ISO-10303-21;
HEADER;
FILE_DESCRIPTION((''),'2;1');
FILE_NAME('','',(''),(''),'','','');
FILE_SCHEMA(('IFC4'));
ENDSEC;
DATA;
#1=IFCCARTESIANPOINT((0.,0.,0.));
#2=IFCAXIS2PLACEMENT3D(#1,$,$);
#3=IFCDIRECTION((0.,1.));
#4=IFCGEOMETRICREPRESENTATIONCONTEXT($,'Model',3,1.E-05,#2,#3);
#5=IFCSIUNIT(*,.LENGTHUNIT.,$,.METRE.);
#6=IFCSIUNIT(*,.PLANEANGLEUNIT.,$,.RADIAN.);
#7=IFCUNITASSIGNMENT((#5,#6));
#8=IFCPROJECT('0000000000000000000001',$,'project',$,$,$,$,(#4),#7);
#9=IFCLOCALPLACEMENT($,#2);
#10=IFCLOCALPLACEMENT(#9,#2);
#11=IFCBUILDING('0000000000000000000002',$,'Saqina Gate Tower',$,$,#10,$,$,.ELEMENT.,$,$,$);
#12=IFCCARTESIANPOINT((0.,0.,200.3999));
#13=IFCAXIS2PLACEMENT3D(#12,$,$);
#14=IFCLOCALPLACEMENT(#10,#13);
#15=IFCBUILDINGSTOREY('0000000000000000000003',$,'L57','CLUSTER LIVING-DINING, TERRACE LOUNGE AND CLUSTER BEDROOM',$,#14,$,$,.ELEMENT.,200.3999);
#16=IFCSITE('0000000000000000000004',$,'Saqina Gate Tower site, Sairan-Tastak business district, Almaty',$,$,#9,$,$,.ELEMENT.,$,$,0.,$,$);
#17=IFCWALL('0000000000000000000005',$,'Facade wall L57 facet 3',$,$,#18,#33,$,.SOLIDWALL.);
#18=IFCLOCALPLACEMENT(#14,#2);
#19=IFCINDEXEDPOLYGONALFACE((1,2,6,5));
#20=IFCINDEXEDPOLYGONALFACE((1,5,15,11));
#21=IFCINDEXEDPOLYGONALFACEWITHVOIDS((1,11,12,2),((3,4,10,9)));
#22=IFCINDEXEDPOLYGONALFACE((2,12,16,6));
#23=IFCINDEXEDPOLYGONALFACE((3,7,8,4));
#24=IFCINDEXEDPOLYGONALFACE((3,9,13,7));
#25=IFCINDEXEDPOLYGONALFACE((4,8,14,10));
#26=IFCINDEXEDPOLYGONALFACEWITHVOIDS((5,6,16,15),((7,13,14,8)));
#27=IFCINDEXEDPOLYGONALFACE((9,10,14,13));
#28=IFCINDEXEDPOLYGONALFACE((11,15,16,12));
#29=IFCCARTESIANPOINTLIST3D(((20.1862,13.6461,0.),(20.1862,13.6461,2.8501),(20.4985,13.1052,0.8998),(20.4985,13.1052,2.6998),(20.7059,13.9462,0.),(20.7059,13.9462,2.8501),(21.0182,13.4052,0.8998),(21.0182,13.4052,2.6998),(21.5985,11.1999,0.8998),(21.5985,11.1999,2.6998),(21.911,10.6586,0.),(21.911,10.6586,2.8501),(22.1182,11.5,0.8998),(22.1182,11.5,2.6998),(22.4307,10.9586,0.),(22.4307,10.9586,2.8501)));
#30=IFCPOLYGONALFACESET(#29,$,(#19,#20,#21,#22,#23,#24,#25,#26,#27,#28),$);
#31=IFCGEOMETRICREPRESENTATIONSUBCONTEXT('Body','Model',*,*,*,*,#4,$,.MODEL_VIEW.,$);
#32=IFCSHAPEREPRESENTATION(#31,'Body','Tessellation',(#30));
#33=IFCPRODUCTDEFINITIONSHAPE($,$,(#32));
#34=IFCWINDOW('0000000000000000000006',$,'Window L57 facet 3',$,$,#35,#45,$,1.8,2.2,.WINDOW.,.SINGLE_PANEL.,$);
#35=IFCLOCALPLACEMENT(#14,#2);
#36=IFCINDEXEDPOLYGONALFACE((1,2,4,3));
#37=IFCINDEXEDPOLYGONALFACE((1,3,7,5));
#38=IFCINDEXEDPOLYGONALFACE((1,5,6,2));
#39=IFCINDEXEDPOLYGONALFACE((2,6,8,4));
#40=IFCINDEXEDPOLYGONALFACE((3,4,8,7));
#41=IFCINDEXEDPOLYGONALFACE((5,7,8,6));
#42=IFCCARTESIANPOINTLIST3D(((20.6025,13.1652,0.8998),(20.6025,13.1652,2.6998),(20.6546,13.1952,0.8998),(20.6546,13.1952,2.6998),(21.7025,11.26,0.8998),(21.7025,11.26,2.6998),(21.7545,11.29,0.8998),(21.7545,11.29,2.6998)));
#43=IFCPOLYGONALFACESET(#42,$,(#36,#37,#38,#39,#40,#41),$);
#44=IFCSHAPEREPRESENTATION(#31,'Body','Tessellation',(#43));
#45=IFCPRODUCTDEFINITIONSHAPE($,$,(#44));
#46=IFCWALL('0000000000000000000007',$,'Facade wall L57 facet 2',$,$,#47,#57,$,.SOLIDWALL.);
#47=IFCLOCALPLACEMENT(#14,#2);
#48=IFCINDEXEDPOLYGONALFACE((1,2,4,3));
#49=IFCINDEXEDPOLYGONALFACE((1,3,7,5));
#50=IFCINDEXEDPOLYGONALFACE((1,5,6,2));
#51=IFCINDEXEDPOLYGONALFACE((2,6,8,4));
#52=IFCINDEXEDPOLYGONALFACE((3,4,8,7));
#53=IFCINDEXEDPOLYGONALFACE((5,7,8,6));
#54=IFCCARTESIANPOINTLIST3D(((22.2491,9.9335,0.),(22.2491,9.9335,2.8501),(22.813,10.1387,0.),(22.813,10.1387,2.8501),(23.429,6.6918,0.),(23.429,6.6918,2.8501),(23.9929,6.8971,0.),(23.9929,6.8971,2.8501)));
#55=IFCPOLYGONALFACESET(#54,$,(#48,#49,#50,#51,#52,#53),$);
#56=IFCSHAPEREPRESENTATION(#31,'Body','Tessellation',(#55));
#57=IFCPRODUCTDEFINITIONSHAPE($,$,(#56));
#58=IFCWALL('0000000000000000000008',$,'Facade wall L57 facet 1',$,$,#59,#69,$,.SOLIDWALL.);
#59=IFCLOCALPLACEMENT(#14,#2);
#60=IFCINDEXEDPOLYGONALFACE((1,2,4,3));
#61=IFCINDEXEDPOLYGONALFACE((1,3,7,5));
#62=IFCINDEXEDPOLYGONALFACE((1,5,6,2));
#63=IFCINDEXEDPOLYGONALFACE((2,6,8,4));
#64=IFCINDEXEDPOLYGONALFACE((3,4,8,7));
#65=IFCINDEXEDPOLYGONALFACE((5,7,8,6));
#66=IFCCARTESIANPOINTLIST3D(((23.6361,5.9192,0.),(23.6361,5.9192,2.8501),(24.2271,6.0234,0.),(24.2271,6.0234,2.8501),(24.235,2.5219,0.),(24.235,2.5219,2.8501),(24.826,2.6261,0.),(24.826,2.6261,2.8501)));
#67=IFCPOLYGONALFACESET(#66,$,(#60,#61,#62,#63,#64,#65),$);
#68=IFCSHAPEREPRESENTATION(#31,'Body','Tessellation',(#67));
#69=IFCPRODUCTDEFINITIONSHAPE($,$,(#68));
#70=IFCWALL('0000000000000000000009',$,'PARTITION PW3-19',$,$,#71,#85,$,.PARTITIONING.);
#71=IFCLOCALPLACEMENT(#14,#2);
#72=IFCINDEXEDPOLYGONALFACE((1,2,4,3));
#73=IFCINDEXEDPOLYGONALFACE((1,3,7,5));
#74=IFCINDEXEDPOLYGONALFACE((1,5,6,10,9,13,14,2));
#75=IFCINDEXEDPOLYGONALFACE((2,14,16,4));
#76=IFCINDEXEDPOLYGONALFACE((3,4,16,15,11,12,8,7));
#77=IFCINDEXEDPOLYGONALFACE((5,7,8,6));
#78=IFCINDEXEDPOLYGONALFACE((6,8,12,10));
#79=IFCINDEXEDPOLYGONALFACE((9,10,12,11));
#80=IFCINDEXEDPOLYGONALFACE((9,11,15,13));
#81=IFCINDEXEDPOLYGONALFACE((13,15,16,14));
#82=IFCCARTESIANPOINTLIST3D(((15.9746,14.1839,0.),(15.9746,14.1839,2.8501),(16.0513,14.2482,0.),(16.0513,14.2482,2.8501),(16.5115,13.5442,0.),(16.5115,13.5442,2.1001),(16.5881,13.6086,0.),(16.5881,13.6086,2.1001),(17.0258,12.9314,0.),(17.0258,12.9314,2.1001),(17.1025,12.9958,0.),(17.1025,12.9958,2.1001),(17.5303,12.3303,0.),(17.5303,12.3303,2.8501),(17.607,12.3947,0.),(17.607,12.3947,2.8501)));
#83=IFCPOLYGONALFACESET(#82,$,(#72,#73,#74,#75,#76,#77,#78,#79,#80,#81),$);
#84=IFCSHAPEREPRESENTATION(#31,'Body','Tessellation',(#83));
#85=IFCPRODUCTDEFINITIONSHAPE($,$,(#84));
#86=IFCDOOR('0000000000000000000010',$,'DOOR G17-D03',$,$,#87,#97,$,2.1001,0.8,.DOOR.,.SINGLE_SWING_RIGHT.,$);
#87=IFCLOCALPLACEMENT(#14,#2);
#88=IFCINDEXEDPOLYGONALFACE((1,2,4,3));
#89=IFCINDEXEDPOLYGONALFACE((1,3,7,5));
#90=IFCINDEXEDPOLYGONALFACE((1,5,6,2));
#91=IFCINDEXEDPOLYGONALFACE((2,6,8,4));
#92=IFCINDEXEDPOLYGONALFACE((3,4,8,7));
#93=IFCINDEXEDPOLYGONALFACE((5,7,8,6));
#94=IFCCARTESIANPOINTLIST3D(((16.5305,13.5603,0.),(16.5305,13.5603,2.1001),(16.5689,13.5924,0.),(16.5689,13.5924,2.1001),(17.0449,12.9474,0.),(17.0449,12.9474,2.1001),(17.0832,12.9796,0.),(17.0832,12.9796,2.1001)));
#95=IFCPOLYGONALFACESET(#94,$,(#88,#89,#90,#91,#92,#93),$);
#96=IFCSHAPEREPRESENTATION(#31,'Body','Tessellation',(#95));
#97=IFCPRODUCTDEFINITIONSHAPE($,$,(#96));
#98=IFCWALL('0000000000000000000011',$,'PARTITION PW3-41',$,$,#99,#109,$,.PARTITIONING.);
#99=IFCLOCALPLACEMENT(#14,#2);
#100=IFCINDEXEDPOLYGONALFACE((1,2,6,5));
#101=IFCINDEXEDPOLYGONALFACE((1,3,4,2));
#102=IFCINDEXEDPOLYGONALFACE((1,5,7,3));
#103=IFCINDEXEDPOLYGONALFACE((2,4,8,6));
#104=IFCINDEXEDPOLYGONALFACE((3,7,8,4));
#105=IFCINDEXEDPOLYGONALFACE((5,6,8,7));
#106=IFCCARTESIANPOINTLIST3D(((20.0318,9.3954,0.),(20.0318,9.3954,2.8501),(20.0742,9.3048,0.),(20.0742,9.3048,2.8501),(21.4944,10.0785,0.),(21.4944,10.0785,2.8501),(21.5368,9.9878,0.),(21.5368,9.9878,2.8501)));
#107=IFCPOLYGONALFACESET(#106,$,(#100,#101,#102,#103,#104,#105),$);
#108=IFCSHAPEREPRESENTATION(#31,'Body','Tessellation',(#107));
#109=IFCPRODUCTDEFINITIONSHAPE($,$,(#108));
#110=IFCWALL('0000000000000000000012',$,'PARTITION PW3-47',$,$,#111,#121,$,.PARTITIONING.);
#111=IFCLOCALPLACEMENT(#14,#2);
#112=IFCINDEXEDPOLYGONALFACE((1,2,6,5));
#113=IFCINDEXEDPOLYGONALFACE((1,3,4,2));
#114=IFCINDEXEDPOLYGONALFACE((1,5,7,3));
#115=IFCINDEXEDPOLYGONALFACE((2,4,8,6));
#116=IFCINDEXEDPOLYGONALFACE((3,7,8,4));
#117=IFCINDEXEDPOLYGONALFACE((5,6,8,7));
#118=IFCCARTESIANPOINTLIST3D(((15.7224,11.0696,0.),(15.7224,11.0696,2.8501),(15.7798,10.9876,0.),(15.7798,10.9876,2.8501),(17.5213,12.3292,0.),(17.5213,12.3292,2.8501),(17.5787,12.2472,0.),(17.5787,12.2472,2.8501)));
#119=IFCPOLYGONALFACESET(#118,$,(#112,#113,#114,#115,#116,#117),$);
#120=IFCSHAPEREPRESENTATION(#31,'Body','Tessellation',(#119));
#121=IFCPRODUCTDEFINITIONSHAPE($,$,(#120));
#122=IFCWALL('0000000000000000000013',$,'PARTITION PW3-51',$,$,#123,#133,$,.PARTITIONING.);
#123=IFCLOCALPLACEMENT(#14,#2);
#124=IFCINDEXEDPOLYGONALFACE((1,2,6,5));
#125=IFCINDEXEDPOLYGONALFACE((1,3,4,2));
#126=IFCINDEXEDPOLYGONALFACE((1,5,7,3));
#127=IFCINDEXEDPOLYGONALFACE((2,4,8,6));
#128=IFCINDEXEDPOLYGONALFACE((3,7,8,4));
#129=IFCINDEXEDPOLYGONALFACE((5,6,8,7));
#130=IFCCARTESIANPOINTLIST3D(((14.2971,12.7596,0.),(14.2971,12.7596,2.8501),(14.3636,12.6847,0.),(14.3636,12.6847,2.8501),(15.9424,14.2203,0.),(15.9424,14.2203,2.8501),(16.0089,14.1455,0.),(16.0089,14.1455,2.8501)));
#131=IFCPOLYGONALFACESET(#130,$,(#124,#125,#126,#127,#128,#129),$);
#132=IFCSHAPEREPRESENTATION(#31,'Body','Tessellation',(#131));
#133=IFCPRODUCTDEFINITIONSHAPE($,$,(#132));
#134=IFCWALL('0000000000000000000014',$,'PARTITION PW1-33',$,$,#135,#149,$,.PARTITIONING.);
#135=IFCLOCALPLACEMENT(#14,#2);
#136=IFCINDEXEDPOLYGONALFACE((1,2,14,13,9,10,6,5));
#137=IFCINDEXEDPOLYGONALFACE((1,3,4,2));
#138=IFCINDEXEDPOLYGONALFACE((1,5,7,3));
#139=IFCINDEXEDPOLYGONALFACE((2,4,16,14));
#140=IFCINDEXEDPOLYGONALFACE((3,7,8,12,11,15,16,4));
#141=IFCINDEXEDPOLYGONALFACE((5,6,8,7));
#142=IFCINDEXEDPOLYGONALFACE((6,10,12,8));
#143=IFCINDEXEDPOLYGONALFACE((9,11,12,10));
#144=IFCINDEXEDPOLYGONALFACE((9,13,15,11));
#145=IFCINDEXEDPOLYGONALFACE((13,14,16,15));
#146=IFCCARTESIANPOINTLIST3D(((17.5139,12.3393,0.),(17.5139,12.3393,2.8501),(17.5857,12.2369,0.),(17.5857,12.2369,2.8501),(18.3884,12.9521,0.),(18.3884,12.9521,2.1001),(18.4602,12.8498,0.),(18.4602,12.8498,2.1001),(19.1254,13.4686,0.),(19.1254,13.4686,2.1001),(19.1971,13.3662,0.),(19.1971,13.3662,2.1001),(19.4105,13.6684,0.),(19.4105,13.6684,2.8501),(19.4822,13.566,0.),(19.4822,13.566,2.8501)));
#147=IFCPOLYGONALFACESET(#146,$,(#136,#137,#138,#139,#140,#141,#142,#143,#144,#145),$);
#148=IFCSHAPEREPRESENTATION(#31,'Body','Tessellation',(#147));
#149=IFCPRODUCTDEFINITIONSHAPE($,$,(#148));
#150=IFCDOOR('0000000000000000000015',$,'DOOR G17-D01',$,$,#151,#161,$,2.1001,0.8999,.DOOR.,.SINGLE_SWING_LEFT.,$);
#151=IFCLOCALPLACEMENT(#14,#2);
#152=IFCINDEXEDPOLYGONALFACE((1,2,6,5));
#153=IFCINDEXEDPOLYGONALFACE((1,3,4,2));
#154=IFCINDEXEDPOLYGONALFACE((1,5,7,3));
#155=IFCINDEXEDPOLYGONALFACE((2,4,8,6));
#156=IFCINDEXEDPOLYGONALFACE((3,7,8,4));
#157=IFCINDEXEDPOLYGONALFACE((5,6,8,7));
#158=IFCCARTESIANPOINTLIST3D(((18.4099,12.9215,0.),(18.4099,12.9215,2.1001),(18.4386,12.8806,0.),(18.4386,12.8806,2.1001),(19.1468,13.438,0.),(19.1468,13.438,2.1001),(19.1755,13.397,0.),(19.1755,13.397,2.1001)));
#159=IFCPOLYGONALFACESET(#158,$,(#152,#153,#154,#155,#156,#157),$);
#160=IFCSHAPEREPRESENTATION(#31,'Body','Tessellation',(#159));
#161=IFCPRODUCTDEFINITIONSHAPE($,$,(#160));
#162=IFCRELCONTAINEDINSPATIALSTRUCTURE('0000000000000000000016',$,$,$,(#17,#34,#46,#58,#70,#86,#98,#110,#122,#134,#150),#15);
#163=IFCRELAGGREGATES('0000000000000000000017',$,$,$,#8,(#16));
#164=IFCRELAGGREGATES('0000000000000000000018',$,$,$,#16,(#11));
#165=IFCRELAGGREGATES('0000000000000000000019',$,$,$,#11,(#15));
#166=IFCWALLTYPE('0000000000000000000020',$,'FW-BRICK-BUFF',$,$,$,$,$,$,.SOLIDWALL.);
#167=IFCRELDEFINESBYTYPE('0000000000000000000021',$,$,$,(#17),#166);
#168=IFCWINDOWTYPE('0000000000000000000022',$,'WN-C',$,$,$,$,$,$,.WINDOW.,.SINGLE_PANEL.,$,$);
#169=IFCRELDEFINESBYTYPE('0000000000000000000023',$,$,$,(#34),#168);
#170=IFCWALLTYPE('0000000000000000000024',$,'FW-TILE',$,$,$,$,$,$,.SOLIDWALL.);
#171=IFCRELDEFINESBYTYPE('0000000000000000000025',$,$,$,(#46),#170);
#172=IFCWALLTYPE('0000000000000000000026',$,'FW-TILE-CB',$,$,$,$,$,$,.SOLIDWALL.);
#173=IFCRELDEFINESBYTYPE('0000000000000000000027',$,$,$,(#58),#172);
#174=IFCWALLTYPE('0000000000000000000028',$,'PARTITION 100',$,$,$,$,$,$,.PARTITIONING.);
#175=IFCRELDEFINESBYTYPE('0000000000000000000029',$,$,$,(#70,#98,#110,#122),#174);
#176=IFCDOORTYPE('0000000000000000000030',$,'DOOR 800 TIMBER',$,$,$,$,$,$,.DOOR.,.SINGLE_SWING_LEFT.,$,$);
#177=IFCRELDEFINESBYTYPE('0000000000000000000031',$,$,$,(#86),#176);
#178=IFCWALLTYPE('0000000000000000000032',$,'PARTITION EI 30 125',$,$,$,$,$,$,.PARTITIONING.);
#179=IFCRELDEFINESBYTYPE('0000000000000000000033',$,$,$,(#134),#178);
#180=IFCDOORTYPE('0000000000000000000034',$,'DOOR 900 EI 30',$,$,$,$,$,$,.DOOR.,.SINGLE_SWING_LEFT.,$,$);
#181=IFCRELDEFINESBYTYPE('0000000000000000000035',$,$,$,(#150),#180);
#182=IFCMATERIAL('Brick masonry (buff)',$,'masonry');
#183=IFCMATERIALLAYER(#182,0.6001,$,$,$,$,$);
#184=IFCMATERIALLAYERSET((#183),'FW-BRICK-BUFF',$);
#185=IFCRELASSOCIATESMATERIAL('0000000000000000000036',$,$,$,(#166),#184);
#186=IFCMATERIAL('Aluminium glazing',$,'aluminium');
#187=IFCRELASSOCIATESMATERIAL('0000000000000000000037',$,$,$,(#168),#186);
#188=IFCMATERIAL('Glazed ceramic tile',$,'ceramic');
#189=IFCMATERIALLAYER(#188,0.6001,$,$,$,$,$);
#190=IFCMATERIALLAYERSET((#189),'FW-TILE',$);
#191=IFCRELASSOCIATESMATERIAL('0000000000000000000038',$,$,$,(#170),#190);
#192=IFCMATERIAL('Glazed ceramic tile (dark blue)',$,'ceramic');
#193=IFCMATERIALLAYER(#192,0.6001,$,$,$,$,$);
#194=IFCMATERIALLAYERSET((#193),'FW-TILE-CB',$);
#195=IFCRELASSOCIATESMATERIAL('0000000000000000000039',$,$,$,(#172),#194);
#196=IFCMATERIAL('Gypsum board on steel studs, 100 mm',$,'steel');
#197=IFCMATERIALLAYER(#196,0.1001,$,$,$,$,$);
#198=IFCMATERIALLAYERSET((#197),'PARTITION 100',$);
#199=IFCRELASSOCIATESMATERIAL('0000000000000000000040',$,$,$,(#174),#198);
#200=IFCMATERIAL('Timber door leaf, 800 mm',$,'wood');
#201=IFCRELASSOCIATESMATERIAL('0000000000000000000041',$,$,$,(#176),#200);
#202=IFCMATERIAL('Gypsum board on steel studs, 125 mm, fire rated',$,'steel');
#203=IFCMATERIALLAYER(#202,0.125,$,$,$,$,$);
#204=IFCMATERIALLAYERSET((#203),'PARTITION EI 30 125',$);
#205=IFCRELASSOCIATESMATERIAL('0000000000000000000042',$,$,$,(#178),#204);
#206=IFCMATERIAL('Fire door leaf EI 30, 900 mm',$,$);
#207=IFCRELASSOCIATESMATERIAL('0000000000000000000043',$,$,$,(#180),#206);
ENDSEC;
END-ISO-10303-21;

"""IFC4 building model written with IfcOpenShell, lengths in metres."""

from ifc_helpers import new_model, si_unit, direction, frame, frame_2d, origin, place, context, subcontext, project, spatial, rectangle, extrude, material, layer, layer_set, type_object, element, fill, save


model = new_model("IFC4")

# Units and contexts
model_context = context("Model", 3, precision=1e-05, world=origin(), true_north=direction((0.0, 1.0)))
body_context = subcontext(model_context, "Body", "Model", "MODEL_VIEW")
ifc_project = project(units=[si_unit("LENGTHUNIT", "METRE"), si_unit("PLANEANGLEUNIT", "RADIAN")], contexts=[model_context])

# Site, building, storey
site_placement = place(None, origin())
site = spatial("IfcSite", under=ifc_project, at=site_placement, Name="Saqina Gate Tower site, Sairan-Tastak business district, Almaty", CompositionType="ELEMENT", RefElevation=0.0)
building_placement = place(site_placement, origin())
building = spatial("IfcBuilding", under=site, at=building_placement, Name="Saqina Gate Tower", CompositionType="ELEMENT")
storey_placement = place(building_placement, frame((0.0, 0.0, 200.3999)))
storey = spatial("IfcBuildingStorey", under=building, at=storey_placement, Name="L57", Description="CLUSTER LIVING-DINING, TERRACE LOUNGE AND CLUSTER BEDROOM", CompositionType="ELEMENT", Elevation=200.3999)

# Wall, opening, window
ifc_material_1 = material(Name="Brick masonry (buff)", Category="masonry")
ifc_layer_1 = layer(ifc_material_1, 0.6001)
ifc_layer_set_1 = layer_set([ifc_layer_1], Name="FW-BRICK-BUFF")
wall_type_1 = type_object("IfcWallType", Name="FW-BRICK-BUFF", PredefinedType="SOLIDWALL", material=ifc_layer_set_1)
wall_1_placement = place(storey_placement, frame((22.1709, 10.8086, 0.0), z_axis=(0.0, 0.0, 1.0), x_axis=(-0.499998, 0.866026, 0.0)))
wall_1 = element("IfcWall", 1, at=wall_1_placement, inside=storey, type_object=wall_type_1, Name="Facade wall L57 facet 3", PredefinedType="SOLIDWALL", context=body_context, shape_type="SweptSolid", body=[
    extrude(rectangle(XDim=3.4497, YDim=0.6001, at=frame_2d((1.7249, 0.0))), origin(), (0.0, 0.0, 1.0), 2.8501),
])
opening_1_placement = place(wall_1_placement, frame((0.625, 0.0, 0.8999)))
opening_1 = element("IfcOpeningElement", 2, at=opening_1_placement, cuts=wall_1, PredefinedType="OPENING", context=body_context, shape_type="SweptSolid", body=[
    extrude(rectangle(XDim=2.2, YDim=1.8, at=frame_2d((1.1001, 0.8999))), frame((0.0, 0.312, 0.0), z_axis=(0.0, -1.0, 0.0), x_axis=(1.0, 0.0, 0.0)), (0.0, 0.0, 1.0), 0.624),
])
ifc_material_2 = material(Name="Aluminium glazing", Category="aluminium")
window_type = type_object("IfcWindowType", Name="WN-C", PartitioningType="SINGLE_PANEL", PredefinedType="WINDOW", material=ifc_material_2)
window_placement = place(opening_1_placement, origin())
window = element("IfcWindow", 3, at=window_placement, inside=storey, type_object=window_type, Name="Window L57 facet 3", OverallHeight=1.8, OverallWidth=2.2, PartitioningType="SINGLE_PANEL", PredefinedType="WINDOW", context=body_context, shape_type="SweptSolid", body=[
    extrude(rectangle(XDim=2.2, YDim=1.8, at=frame_2d((1.1001, 0.8999))), frame((0.0, 0.1799, 0.0), z_axis=(0.0, -1.0, 0.0), x_axis=(1.0, 0.0, 0.0)), (0.0, 0.0, 1.0), 0.0601),
])
fill(opening_1, window)

# Walls
ifc_material_3 = material(Name="Glazed ceramic tile", Category="ceramic")
ifc_layer_2 = layer(ifc_material_3, 0.6001)
ifc_layer_set_2 = layer_set([ifc_layer_2], Name="FW-TILE")
wall_type_2 = type_object("IfcWallType", Name="FW-TILE", PredefinedType="SOLIDWALL", material=ifc_layer_set_2)
wall_2_placement = place(storey_placement, frame((23.7109, 6.7944, 0.0), z_axis=(0.0, 0.0, 1.0), x_axis=(-0.342033, 0.939688, 0.0)))
element("IfcWall", 4, at=wall_2_placement, inside=storey, type_object=wall_type_2, Name="Facade wall L57 facet 2", PredefinedType="SOLIDWALL", context=body_context, shape_type="SweptSolid", body=[
    extrude(rectangle(XDim=3.4497, YDim=0.6001, at=frame_2d((1.7249, 0.0))), origin(), (0.0, 0.0, 1.0), 2.8501),
])
ifc_material_4 = material(Name="Glazed ceramic tile (dark blue)", Category="ceramic")
ifc_layer_3 = layer(ifc_material_4, 0.6001)
ifc_layer_set_3 = layer_set([ifc_layer_3], Name="FW-TILE-CB")
wall_type_3 = type_object("IfcWallType", Name="FW-TILE-CB", PredefinedType="SOLIDWALL", material=ifc_layer_set_3)
wall_3_placement = place(storey_placement, frame((24.5305, 2.574, 0.0), z_axis=(0.0, 0.0, 1.0), x_axis=(-0.173608, 0.984815, 0.0)))
element("IfcWall", 5, at=wall_3_placement, inside=storey, type_object=wall_type_3, Name="Facade wall L57 facet 1", PredefinedType="SOLIDWALL", context=body_context, shape_type="SweptSolid", body=[
    extrude(rectangle(XDim=3.4497, YDim=0.6001, at=frame_2d((1.7249, 0.0))), origin(), (0.0, 0.0, 1.0), 2.8501),
])

# Wall, opening, door
ifc_material_5 = material(Name="Gypsum board on steel studs, 100 mm", Category="steel")
ifc_layer_4 = layer(ifc_material_5, 0.1001)
ifc_layer_set_4 = layer_set([ifc_layer_4], Name="PARTITION 100")
wall_type_4 = type_object("IfcWallType", Name="PARTITION 100", PredefinedType="PARTITIONING", material=ifc_layer_set_4)
wall_4_placement = place(storey_placement, frame((16.0129, 14.2161, 0.0), z_axis=(0.0, 0.0, 1.0), x_axis=(0.64288, -0.765967, 0.0)))
wall_4 = element("IfcWall", 6, at=wall_4_placement, inside=storey, type_object=wall_type_4, Name="PARTITION PW3-19", PredefinedType="PARTITIONING", context=body_context, shape_type="SweptSolid", body=[
    extrude(rectangle(XDim=2.4199, YDim=0.1001, at=frame_2d((1.21, 0.0))), origin(), (0.0, 0.0, 1.0), 2.8501),
])
opening_2_placement = place(wall_4_placement, frame((0.8352, 0.0, 0.0)))
opening_2 = element("IfcOpeningElement", 7, at=opening_2_placement, cuts=wall_4, PredefinedType="OPENING", context=body_context, shape_type="SweptSolid", body=[
    extrude(rectangle(XDim=0.8, YDim=2.1001, at=frame_2d((0.3999, 1.05))), frame((0.0, 0.062, 0.0), z_axis=(0.0, -1.0, 0.0), x_axis=(1.0, 0.0, 0.0)), (0.0, 0.0, 1.0), 0.124),
])
ifc_material_6 = material(Name="Timber door leaf, 800 mm", Category="wood")
door_type_1 = type_object("IfcDoorType", Name="DOOR 800 TIMBER", OperationType="SINGLE_SWING_LEFT", PredefinedType="DOOR", material=ifc_material_6)
door_1_placement = place(opening_2_placement, origin())
door_1 = element("IfcDoor", 8, at=door_1_placement, inside=storey, type_object=door_type_1, Name="DOOR G17-D03", OperationType="SINGLE_SWING_RIGHT", OverallHeight=2.1001, OverallWidth=0.8, PredefinedType="DOOR", context=body_context, shape_type="SweptSolid", body=[
    extrude(rectangle(XDim=0.8, YDim=2.1001, at=frame_2d((0.3999, 1.05))), frame((0.0, 0.0249, 0.0), z_axis=(0.0, -1.0, 0.0), x_axis=(1.0, 0.0, 0.0)), (0.0, 0.0, 1.0), 0.05),
])
fill(opening_2, door_1)

# Walls
wall_5_placement = place(storey_placement, frame((20.053, 9.3501, 0.0), z_axis=(0.0, 0.0, 1.0), x_axis=(0.906056, 0.423159, 0.0)))
element("IfcWall", 9, at=wall_5_placement, inside=storey, type_object=wall_type_4, Name="PARTITION PW3-41", PredefinedType="PARTITIONING", context=body_context, shape_type="SweptSolid", body=[
    extrude(rectangle(XDim=1.6143, YDim=0.1001, at=frame_2d((0.8071, 0.0))), origin(), (0.0, 0.0, 1.0), 2.8501),
])
wall_6_placement = place(storey_placement, frame((15.751, 11.0286, 0.0), z_axis=(0.0, 0.0, 1.0), x_axis=(0.819159, 0.573567, 0.0)))
element("IfcWall", 10, at=wall_6_placement, inside=storey, type_object=wall_type_4, Name="PARTITION PW3-47", PredefinedType="PARTITIONING", context=body_context, shape_type="SweptSolid", body=[
    extrude(rectangle(XDim=2.196, YDim=0.1001, at=frame_2d((1.0981, 0.0))), origin(), (0.0, 0.0, 1.0), 2.8501),
])
wall_7_placement = place(storey_placement, frame((14.3303, 12.7222, 0.0), z_axis=(0.0, 0.0, 1.0), x_axis=(0.747807, 0.663916, 0.0)))
element("IfcWall", 11, at=wall_7_placement, inside=storey, type_object=wall_type_4, Name="PARTITION PW3-51", PredefinedType="PARTITIONING", context=body_context, shape_type="SweptSolid", body=[
    extrude(rectangle(XDim=2.2002, YDim=0.1001, at=frame_2d((1.1001, 0.0))), origin(), (0.0, 0.0, 1.0), 2.8501),
])

# Wall, opening, door
ifc_material_7 = material(Name="Gypsum board on steel studs, 125 mm, fire rated", Category="steel")
ifc_layer_5 = layer(ifc_material_7, 0.125)
ifc_layer_set_5 = layer_set([ifc_layer_5], Name="PARTITION EI 30 125")
wall_type_5 = type_object("IfcWallType", Name="PARTITION EI 30 125", PredefinedType="PARTITIONING", material=ifc_layer_set_5)
wall_8_placement = place(storey_placement, frame((17.5498, 12.2881, 0.0), z_axis=(0.0, 0.0, 1.0), x_axis=(0.818915, 0.573915, 0.0)))
wall_8 = element("IfcWall", 12, at=wall_8_placement, inside=storey, type_object=wall_type_5, Name="PARTITION PW1-33", PredefinedType="PARTITIONING", context=body_context, shape_type="SweptSolid", body=[
    extrude(rectangle(XDim=2.3159, YDim=0.125, at=frame_2d((1.158, 0.0))), origin(), (0.0, 0.0, 1.0), 2.8501),
])
opening_3_placement = place(wall_8_placement, frame((1.0679, 0.0, 0.0)))
opening_3 = element("IfcOpeningElement", 13, at=opening_3_placement, cuts=wall_8, PredefinedType="OPENING", context=body_context, shape_type="SweptSolid", body=[
    extrude(rectangle(XDim=0.8999, YDim=2.1001, at=frame_2d((0.45, 1.05))), frame((0.0, 0.0745, 0.0), z_axis=(0.0, -1.0, 0.0), x_axis=(1.0, 0.0, 0.0)), (0.0, 0.0, 1.0), 0.1489),
])
ifc_material_8 = material(Name="Fire door leaf EI 30, 900 mm")
door_type_2 = type_object("IfcDoorType", Name="DOOR 900 EI 30", OperationType="SINGLE_SWING_LEFT", PredefinedType="DOOR", material=ifc_material_8)
door_2_placement = place(opening_3_placement, frame((0.8999, 0.0, 0.0), z_axis=(0.0, 0.0, 1.0), x_axis=(-1.0, 0.0, 0.0)))
door_2 = element("IfcDoor", 14, at=door_2_placement, inside=storey, type_object=door_type_2, Name="DOOR G17-D01", OperationType="SINGLE_SWING_LEFT", OverallHeight=2.1001, OverallWidth=0.8999, PredefinedType="DOOR", context=body_context, shape_type="SweptSolid", body=[
    extrude(rectangle(XDim=0.8999, YDim=2.1001, at=frame_2d((0.45, 1.05))), frame((0.0, 0.0249, 0.0), z_axis=(0.0, -1.0, 0.0), x_axis=(1.0, 0.0, 0.0)), (0.0, 0.0, 1.0), 0.05),
])
fill(opening_3, door_2)

save(model, "model.ifc")
